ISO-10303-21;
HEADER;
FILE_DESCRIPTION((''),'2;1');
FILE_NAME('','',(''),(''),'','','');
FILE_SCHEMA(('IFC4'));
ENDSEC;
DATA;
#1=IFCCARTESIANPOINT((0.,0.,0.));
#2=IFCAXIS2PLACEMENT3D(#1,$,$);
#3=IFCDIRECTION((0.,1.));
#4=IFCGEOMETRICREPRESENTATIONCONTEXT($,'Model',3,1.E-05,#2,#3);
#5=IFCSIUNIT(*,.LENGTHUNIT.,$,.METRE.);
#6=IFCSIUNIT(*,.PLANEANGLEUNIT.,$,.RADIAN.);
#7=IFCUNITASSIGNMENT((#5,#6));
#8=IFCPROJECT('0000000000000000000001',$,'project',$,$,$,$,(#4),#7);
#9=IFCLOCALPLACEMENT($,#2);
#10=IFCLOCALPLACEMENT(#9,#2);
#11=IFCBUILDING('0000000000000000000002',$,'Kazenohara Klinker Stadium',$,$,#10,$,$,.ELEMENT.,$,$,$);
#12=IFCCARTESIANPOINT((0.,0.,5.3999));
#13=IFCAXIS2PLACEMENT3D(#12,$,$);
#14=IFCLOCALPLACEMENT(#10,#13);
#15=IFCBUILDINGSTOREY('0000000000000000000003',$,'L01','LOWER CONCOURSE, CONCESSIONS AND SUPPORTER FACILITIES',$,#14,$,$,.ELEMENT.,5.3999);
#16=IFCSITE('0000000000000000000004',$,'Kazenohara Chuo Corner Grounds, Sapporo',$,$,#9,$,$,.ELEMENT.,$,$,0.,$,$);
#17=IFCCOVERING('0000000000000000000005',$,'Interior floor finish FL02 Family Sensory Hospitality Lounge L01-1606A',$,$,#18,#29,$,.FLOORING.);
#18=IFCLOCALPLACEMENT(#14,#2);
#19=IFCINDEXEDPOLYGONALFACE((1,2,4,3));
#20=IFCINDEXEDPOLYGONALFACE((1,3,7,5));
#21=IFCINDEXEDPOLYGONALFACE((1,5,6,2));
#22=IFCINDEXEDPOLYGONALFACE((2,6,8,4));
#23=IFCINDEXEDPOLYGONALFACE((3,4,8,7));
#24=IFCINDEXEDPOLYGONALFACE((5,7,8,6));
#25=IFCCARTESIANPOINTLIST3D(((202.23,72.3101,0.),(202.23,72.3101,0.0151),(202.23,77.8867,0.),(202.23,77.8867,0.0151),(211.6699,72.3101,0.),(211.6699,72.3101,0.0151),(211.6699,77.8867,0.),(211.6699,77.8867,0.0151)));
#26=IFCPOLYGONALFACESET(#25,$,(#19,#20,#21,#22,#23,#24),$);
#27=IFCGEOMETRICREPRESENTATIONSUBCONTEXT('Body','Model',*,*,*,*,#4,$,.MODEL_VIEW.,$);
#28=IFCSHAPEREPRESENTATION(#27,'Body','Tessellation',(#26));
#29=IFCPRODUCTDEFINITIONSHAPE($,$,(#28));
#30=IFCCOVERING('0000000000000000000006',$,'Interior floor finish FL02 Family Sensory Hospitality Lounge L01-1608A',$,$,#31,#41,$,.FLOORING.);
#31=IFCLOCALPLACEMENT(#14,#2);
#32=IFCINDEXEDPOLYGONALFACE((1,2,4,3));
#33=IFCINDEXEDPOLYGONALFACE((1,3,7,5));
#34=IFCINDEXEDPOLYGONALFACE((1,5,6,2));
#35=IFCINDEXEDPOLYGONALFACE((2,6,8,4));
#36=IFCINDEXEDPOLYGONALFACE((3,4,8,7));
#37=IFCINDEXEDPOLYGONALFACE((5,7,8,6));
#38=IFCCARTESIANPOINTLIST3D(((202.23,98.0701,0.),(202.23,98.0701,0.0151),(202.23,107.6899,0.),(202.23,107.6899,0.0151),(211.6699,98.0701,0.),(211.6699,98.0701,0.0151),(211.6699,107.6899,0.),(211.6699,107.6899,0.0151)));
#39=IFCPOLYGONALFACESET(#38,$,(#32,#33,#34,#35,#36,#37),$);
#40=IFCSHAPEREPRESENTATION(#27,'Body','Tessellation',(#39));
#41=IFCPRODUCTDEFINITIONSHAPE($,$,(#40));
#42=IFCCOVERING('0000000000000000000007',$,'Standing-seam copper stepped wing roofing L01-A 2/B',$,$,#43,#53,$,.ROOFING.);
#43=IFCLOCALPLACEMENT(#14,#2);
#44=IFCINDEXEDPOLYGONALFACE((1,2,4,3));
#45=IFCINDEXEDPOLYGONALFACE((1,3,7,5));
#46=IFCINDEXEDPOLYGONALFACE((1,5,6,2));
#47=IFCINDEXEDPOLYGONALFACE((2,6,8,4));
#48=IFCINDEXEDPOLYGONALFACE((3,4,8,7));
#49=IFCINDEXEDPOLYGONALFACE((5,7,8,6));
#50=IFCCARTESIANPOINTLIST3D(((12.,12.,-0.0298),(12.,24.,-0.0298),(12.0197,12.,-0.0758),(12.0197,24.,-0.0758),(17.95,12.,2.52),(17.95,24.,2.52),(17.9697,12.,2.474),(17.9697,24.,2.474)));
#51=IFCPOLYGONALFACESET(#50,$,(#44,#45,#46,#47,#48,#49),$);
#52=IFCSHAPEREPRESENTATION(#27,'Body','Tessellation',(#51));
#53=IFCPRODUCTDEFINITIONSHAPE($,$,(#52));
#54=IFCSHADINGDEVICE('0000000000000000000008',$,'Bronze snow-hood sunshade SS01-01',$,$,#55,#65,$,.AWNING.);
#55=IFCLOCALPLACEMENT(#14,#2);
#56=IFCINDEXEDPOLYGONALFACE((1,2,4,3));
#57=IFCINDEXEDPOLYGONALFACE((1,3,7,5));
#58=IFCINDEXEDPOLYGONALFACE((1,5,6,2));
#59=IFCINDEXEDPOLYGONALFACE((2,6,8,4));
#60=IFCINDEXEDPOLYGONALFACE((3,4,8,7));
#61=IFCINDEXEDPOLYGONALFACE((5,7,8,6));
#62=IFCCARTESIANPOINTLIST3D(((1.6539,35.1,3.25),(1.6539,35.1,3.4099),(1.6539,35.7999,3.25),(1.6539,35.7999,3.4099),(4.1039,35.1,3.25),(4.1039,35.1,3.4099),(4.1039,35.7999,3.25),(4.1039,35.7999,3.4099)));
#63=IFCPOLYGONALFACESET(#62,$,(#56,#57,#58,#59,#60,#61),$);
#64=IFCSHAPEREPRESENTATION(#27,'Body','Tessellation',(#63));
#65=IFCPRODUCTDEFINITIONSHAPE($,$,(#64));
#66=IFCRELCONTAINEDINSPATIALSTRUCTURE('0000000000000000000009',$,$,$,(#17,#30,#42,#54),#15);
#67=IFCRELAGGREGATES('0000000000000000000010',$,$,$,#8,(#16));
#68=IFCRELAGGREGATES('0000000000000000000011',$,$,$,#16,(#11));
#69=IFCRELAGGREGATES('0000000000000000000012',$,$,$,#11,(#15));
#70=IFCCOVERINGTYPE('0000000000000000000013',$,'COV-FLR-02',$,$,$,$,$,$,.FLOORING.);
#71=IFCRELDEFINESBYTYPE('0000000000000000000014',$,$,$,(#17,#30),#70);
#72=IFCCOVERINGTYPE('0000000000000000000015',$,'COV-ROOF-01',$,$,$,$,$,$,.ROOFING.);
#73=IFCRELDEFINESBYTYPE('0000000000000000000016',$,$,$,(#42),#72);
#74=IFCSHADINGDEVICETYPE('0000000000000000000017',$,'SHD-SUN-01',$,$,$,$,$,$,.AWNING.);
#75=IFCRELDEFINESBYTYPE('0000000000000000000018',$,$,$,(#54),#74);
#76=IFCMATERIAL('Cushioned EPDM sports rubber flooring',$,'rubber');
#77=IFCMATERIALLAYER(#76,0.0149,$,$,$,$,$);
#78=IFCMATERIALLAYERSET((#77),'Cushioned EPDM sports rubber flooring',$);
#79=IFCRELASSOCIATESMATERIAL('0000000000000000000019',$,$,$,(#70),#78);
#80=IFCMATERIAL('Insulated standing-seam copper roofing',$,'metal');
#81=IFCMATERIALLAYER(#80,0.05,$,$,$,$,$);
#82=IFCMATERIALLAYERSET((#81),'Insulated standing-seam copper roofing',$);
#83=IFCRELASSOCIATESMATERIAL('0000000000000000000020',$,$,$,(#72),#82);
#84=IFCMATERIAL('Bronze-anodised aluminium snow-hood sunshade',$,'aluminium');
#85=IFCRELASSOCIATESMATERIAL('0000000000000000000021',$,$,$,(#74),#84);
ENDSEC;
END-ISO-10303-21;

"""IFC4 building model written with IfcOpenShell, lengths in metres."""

from ifc_helpers import new_model, si_unit, direction, frame, origin, origin_2d, place, context, subcontext, project, spatial, polyline, rectangle, outline, extrude, material, layer, layer_set, type_object, element, save


model = new_model("IFC4")

# Units and contexts
model_context = context("Model", 3, precision=1e-05, world=origin(), true_north=direction((0.0, 1.0)))
body_context = subcontext(model_context, "Body", "Model", "MODEL_VIEW")
ifc_project = project(units=[si_unit("LENGTHUNIT", "METRE"), si_unit("PLANEANGLEUNIT", "RADIAN")], contexts=[model_context])

# Site, building, storey
site_placement = place(None, origin())
site = spatial("IfcSite", under=ifc_project, at=site_placement, Name="Kazenohara Chuo Corner Grounds, Sapporo", CompositionType="ELEMENT", RefElevation=0.0)
building_placement = place(site_placement, origin())
building = spatial("IfcBuilding", under=site, at=building_placement, Name="Kazenohara Klinker Stadium", CompositionType="ELEMENT")
storey_placement = place(building_placement, frame((0.0, 0.0, 5.3999)))
storey = spatial("IfcBuildingStorey", under=building, at=storey_placement, Name="L01", Description="LOWER CONCOURSE, CONCESSIONS AND SUPPORTER FACILITIES", CompositionType="ELEMENT", Elevation=5.3999)

# Coverings
ifc_material_1 = material(Name="Cushioned EPDM sports rubber flooring", Category="rubber")
ifc_layer_1 = layer(ifc_material_1, 0.0149)
ifc_layer_set_1 = layer_set([ifc_layer_1], Name="Cushioned EPDM sports rubber flooring")
covering_type_1 = type_object("IfcCoveringType", Name="COV-FLR-02", PredefinedType="FLOORING", material=ifc_layer_set_1)
covering_1_placement = place(storey_placement, origin())
element("IfcCovering", 1, at=covering_1_placement, inside=storey, type_object=covering_type_1, Name="Interior floor finish FL02 Family Sensory Hospitality Lounge L01-1606A", PredefinedType="FLOORING", context=body_context, shape_type="SweptSolid", body=[
    extrude(outline(polyline([(202.23, 72.3101), (211.6699, 72.3101), (211.6699, 77.8867), (202.23, 77.8867), (202.23, 72.3101)])), origin(), (0.0, 0.0, 1.0), 0.0151),
])
covering_2_placement = place(storey_placement, origin())
element("IfcCovering", 2, at=covering_2_placement, inside=storey, type_object=covering_type_1, Name="Interior floor finish FL02 Family Sensory Hospitality Lounge L01-1608A", PredefinedType="FLOORING", context=body_context, shape_type="SweptSolid", body=[
    extrude(outline(polyline([(202.23, 98.0701), (211.6699, 98.0701), (211.6699, 107.6899), (202.23, 107.6899), (202.23, 98.0701)])), origin(), (0.0, 0.0, 1.0), 0.0151),
])
ifc_material_2 = material(Name="Insulated standing-seam copper roofing", Category="metal")
ifc_layer_2 = layer(ifc_material_2, 0.05)
ifc_layer_set_2 = layer_set([ifc_layer_2], Name="Insulated standing-seam copper roofing")
covering_type_2 = type_object("IfcCoveringType", Name="COV-ROOF-01", PredefinedType="ROOFING", material=ifc_layer_set_2)
covering_3_placement = place(storey_placement, frame((12.0, 12.0, -0.0298), z_axis=(-0.393897, 0.0, 0.919155), x_axis=(0.919155, 0.0, 0.393897)))
element("IfcCovering", 3, at=covering_3_placement, inside=storey, type_object=covering_type_2, Name="Standing-seam copper stepped wing roofing L01-A 2/B", PredefinedType="ROOFING", context=body_context, shape_type="SweptSolid", body=[
    extrude(outline(polyline([(0.0, 0.0), (6.4733, 0.0), (6.4733, 12.0), (0.0, 12.0), (0.0, 0.0)])), origin(), (0.0, 0.0, -1.0), 0.05),
])

# Shading device
ifc_material_3 = material(Name="Bronze-anodised aluminium snow-hood sunshade", Category="aluminium")
shading_device_type = type_object("IfcShadingDeviceType", Name="SHD-SUN-01", PredefinedType="AWNING", material=ifc_material_3)
shading_device_placement = place(storey_placement, frame((2.8789, 35.45, 3.25), z_axis=(0.0, 0.0, 1.0), x_axis=(1.0, 0.0, 0.0)))
element("IfcShadingDevice", 4, at=shading_device_placement, inside=storey, type_object=shading_device_type, Name="Bronze snow-hood sunshade SS01-01", PredefinedType="AWNING", context=body_context, shape_type="SweptSolid", body=[
    extrude(rectangle(XDim=2.45, YDim=0.7, at=origin_2d()), origin(), (0.0, 0.0, 1.0), 0.1599),
])

save(model, "model.ifc")
